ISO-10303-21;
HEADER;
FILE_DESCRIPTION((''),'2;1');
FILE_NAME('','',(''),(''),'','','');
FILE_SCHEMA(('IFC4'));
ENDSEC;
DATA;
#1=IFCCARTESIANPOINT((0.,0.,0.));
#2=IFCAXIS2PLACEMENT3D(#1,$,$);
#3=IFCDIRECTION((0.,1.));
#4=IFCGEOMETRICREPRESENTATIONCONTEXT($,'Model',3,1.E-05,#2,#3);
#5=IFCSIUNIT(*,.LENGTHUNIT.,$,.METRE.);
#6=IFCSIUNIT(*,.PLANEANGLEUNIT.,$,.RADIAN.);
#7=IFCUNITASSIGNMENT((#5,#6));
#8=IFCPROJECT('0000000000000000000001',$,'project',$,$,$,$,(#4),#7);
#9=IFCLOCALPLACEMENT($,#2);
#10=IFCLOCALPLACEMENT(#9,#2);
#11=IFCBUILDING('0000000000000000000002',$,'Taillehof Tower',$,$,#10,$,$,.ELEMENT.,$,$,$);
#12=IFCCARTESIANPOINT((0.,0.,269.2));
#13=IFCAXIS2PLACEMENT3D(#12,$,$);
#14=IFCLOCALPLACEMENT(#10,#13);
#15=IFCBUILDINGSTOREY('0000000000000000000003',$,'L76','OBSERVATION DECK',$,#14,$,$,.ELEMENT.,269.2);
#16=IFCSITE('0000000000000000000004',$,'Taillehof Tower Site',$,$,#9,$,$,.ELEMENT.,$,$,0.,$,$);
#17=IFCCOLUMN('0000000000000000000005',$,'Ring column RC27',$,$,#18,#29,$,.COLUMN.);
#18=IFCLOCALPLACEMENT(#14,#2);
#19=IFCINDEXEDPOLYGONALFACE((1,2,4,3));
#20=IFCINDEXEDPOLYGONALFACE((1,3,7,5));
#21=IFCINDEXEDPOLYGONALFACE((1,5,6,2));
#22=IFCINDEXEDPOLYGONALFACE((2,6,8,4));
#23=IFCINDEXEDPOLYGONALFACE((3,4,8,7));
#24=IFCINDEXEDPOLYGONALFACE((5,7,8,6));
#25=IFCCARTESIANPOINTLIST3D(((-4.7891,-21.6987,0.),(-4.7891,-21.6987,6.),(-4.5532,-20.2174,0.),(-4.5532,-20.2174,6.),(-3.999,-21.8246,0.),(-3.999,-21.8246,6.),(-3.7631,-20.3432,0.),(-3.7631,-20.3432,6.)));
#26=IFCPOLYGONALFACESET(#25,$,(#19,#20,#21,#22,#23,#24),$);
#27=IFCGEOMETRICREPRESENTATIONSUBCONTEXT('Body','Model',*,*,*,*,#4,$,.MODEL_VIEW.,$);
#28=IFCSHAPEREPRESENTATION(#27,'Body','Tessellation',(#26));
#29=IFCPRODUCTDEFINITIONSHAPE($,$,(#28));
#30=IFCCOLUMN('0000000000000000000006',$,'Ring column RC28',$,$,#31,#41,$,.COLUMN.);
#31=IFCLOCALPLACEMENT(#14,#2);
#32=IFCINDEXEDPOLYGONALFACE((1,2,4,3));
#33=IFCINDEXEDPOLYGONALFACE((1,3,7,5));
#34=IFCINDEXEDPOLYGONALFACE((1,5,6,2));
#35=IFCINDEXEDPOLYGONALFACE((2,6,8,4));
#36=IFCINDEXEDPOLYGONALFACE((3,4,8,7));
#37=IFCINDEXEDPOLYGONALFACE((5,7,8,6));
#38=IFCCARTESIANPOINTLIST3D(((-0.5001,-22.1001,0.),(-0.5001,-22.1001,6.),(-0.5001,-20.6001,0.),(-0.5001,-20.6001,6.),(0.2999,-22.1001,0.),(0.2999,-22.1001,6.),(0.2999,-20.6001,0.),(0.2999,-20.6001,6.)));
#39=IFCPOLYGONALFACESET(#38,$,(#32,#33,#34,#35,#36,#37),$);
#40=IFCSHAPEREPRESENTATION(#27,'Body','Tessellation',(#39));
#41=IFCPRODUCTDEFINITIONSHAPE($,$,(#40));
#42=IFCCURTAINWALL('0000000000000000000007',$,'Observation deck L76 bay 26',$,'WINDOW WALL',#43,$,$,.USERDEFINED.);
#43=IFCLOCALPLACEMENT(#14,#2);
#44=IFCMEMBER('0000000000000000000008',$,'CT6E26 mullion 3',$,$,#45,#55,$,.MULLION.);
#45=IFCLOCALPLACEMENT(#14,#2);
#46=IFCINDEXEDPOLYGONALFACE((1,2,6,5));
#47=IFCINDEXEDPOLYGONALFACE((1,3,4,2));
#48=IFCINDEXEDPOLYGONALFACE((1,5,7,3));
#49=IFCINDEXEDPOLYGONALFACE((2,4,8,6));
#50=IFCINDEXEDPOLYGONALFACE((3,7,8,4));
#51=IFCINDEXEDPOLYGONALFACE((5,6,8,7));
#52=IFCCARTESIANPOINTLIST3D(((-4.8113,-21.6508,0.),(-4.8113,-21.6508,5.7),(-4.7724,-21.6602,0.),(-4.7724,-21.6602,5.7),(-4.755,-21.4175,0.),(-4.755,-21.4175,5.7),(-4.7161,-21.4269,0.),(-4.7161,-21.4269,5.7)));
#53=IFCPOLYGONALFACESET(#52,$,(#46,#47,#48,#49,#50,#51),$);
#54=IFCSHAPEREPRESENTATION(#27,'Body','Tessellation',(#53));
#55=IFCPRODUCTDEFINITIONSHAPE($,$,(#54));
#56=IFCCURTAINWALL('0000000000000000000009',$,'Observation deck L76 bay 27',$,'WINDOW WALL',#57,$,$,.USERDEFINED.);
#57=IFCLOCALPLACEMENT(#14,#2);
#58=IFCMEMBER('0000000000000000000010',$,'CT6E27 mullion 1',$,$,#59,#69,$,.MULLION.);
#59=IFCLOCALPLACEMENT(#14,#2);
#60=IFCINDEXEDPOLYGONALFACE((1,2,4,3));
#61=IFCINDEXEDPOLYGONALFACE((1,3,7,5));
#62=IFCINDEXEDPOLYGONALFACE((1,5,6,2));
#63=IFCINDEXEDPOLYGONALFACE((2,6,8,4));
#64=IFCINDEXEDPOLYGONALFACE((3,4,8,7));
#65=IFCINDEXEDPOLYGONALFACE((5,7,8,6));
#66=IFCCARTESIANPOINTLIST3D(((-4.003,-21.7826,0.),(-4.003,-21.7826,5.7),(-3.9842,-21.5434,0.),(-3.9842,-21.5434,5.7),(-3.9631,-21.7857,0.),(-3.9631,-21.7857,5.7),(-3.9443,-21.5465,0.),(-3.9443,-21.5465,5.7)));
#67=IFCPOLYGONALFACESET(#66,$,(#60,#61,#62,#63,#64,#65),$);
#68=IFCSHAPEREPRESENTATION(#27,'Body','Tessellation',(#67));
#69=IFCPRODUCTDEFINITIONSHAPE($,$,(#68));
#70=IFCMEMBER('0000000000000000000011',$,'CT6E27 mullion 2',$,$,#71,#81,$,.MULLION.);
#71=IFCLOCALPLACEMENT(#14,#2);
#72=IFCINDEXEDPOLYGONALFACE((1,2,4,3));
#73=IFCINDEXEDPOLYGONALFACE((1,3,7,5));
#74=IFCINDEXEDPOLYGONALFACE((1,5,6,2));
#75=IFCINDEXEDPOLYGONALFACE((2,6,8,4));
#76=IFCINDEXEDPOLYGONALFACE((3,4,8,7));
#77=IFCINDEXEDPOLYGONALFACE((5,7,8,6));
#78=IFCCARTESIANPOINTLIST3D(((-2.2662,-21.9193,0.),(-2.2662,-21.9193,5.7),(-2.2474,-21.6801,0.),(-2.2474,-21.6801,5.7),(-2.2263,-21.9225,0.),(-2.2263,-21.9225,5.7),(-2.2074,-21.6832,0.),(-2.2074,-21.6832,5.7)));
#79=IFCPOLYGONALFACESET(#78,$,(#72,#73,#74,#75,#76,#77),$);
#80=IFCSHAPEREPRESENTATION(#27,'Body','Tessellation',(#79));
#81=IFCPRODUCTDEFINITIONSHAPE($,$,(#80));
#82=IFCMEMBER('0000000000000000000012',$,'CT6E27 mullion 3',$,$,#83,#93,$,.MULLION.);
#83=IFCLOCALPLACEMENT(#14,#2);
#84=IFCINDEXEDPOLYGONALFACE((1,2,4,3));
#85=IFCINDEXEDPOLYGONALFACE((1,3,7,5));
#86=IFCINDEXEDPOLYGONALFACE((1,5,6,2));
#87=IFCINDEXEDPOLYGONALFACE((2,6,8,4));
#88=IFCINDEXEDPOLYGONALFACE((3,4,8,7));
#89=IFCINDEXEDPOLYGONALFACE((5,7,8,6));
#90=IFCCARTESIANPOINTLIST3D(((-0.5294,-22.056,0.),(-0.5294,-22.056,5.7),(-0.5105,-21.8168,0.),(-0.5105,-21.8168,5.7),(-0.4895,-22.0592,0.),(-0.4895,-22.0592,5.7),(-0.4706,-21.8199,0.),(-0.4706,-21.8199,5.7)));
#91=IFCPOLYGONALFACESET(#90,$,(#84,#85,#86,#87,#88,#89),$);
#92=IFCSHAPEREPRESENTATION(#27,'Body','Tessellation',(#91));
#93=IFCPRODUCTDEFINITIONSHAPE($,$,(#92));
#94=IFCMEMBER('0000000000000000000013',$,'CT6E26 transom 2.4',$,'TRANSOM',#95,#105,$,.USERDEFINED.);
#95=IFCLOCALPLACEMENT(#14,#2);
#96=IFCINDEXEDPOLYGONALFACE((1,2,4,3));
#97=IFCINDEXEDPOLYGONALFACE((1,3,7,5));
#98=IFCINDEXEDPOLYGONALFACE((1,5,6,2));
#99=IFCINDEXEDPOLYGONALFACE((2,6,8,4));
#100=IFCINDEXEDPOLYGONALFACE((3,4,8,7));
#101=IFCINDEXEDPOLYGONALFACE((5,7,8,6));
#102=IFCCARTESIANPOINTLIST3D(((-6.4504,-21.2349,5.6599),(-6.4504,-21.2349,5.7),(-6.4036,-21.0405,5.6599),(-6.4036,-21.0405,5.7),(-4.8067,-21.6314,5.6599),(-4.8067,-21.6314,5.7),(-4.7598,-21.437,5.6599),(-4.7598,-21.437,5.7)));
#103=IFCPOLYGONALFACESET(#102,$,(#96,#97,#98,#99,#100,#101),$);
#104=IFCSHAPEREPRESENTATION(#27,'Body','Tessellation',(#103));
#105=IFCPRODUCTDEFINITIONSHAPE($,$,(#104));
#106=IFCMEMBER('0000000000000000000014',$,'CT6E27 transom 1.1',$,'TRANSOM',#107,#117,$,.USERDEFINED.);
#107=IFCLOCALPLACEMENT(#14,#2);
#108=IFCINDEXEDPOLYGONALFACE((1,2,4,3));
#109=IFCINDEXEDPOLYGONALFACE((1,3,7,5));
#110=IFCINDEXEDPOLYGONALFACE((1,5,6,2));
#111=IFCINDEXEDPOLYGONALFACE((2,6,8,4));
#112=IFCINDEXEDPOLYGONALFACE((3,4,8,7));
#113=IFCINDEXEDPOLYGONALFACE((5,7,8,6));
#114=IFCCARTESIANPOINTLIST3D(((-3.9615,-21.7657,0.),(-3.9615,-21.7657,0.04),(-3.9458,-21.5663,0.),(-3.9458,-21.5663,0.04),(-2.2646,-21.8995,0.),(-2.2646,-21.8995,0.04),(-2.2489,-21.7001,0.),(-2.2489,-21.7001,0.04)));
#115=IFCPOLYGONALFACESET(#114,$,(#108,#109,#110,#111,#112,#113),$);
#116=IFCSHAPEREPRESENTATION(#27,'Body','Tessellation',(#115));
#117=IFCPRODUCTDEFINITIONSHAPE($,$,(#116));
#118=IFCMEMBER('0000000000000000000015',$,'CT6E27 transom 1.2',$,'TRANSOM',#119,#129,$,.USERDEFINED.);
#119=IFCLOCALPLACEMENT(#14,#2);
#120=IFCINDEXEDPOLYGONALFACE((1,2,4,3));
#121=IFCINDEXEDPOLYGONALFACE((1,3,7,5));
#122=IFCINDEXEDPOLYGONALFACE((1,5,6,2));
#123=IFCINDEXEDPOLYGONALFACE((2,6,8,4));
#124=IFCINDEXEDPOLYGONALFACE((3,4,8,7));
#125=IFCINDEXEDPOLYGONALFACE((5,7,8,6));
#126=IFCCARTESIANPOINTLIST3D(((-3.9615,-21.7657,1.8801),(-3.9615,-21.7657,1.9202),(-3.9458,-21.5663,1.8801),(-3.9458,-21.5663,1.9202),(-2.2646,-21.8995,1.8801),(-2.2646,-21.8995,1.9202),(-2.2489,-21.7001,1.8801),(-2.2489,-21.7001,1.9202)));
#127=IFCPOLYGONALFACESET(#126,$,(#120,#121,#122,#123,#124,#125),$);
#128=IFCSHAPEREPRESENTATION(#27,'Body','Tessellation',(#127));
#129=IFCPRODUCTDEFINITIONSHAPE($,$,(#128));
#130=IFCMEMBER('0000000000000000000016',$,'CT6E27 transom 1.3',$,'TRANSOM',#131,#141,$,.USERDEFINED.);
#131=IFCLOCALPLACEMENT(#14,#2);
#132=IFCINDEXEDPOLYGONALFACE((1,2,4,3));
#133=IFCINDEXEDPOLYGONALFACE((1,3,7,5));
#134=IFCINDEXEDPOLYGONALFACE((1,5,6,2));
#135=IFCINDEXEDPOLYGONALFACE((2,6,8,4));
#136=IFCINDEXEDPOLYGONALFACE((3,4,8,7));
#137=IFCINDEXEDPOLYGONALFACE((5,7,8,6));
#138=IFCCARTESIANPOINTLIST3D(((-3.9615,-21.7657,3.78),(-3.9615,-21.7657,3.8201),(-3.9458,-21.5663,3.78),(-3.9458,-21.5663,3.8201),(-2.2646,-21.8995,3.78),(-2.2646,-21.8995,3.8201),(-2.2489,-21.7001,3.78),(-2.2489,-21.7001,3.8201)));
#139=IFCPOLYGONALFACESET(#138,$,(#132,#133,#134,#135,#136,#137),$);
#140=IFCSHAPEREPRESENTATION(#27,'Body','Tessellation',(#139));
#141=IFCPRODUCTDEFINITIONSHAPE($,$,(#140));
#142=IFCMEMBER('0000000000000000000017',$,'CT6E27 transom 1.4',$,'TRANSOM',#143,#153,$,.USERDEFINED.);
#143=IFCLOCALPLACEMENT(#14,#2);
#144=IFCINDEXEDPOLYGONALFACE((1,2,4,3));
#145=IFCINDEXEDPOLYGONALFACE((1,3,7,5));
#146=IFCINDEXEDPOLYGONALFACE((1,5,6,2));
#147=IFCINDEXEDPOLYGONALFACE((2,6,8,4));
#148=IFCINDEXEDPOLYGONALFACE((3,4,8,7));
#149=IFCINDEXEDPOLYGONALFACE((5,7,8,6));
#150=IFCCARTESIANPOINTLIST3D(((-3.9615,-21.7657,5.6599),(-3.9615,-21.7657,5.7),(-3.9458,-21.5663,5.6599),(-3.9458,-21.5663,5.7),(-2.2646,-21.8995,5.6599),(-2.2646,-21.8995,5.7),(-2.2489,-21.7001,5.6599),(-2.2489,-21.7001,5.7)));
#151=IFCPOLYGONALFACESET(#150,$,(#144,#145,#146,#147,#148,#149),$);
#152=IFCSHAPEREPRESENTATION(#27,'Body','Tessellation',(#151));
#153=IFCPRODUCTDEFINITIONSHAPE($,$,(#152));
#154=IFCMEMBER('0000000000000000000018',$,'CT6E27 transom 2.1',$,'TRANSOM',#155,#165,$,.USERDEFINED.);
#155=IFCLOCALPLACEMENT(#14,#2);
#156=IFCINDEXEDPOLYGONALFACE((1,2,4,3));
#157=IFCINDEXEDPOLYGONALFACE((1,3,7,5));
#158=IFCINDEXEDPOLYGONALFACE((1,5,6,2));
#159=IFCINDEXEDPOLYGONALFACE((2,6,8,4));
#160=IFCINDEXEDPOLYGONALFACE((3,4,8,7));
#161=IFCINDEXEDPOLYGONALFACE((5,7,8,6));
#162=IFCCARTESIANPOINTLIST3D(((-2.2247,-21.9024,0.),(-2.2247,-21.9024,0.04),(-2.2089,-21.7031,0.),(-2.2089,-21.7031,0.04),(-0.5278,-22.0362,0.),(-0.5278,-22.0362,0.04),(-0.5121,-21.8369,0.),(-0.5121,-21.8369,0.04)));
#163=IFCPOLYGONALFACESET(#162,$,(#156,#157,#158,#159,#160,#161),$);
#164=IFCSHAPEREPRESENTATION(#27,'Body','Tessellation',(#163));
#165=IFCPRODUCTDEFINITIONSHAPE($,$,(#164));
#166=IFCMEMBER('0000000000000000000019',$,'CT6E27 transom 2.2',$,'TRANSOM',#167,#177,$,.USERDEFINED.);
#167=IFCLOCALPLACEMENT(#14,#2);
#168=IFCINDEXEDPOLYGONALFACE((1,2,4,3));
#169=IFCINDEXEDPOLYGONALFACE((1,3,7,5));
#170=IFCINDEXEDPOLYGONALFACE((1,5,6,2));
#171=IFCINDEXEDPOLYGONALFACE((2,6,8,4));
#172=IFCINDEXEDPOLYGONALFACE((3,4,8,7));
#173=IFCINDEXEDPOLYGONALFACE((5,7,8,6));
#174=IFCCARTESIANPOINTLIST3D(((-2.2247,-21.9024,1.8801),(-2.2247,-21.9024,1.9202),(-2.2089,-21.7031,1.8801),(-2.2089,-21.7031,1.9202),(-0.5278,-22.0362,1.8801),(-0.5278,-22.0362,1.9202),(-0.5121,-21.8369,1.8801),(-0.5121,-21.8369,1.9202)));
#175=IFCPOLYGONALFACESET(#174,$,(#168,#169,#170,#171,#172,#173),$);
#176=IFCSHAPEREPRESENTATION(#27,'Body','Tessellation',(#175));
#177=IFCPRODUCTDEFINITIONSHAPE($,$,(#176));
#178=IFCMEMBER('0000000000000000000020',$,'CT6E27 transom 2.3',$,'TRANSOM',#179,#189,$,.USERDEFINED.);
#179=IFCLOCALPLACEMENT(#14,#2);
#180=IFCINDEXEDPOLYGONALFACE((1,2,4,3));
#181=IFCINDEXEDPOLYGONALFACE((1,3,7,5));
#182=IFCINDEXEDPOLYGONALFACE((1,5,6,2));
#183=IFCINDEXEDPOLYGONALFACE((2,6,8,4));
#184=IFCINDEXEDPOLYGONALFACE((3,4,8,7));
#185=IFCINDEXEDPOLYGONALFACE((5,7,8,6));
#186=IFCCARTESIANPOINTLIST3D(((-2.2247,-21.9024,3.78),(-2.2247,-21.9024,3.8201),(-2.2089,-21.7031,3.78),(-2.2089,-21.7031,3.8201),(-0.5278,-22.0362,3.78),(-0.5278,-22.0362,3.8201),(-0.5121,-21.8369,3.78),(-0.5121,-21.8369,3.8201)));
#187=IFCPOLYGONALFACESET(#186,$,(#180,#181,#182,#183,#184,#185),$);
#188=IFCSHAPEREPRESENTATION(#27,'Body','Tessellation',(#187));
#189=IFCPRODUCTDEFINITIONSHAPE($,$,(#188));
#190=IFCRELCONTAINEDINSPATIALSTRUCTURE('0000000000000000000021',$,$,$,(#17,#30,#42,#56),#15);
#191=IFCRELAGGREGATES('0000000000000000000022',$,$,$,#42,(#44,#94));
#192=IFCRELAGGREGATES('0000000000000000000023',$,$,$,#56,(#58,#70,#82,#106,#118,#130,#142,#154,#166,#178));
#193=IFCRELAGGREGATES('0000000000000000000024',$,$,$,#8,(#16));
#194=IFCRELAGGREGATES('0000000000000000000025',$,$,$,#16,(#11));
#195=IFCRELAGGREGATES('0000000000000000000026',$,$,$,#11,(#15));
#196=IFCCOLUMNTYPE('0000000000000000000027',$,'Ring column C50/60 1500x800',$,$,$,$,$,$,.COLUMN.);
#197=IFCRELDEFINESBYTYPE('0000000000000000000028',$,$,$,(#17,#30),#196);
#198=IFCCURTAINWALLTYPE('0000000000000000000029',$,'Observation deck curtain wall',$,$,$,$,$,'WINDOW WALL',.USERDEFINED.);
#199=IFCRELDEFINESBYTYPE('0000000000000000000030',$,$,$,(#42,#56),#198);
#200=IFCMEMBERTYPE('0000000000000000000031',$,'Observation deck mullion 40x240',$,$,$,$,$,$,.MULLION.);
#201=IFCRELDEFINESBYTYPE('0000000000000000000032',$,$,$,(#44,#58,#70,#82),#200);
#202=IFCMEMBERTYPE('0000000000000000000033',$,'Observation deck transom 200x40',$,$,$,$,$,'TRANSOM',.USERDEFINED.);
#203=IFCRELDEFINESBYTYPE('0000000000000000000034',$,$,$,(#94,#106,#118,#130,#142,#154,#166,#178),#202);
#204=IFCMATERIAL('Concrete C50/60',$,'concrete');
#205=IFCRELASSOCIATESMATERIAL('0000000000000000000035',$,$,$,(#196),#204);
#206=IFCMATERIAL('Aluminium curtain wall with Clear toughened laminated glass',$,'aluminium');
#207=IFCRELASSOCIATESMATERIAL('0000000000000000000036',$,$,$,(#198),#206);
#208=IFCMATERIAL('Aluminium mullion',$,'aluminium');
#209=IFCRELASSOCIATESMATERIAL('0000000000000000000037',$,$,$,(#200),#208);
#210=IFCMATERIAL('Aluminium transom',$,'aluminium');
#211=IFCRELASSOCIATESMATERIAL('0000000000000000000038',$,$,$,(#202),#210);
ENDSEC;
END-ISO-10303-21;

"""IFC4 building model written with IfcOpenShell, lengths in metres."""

from ifc_helpers import new_model, si_unit, direction, frame, origin, origin_2d, place, context, subcontext, project, spatial, rectangle, extrude, material, material_profile, profile_set, type_object, element, aggregate, save


model = new_model("IFC4")

# Units and contexts
model_context = context("Model", 3, precision=1e-05, world=origin(), true_north=direction((0.0, 1.0)))
body_context = subcontext(model_context, "Body", "Model", "MODEL_VIEW")
ifc_project = project(units=[si_unit("LENGTHUNIT", "METRE"), si_unit("PLANEANGLEUNIT", "RADIAN")], contexts=[model_context])

# Site, building, storey
site_placement = place(None, origin())
site = spatial("IfcSite", under=ifc_project, at=site_placement, Name="Taillehof Tower Site", CompositionType="ELEMENT", RefElevation=0.0)
building_placement = place(site_placement, origin())
building = spatial("IfcBuilding", under=site, at=building_placement, Name="Taillehof Tower", CompositionType="ELEMENT")
storey_placement = place(building_placement, frame((0.0, 0.0, 269.2)))
storey = spatial("IfcBuildingStorey", under=building, at=storey_placement, Name="L76", Description="OBSERVATION DECK", CompositionType="ELEMENT", Elevation=269.2)

# Columns
ifc_material_1 = material(Name="Concrete C50/60", Category="concrete")
ifc_material_profile_1 = material_profile(ifc_material_1, rectangle(XDim=1.5, YDim=0.8, at=origin_2d()), Name="RC 1500x800")
ifc_profile_set_1 = profile_set([ifc_material_profile_1], Name="Concrete C50/60")
column_type = type_object("IfcColumnType", Name="Ring column C50/60 1500x800", PredefinedType="COLUMN", material=ifc_profile_set_1)
for number, where, z_axis, x_axis, name in (
    (1, (-4.2761, -21.021, 0.0), (0.0, 0.0, 1.0), (-0.157281, -0.987554, 0.0), "Ring column RC27"),
    (2, (-0.1001, -21.3501, 0.0), (0.0, 0.0, 1.0), (0.0, -1.0, 0.0), "Ring column RC28"),
):
    element("IfcColumn", number, at=place(storey_placement, frame(where, z_axis=z_axis, x_axis=x_axis)), inside=storey, type_object=column_type, Name=name, PredefinedType="COLUMN", context=body_context, shape_type="SweptSolid", body=[
        extrude(rectangle(XDim=1.5, YDim=0.8, at=origin_2d()), origin(), (0.0, 0.0, 1.0), 6.0),
    ])

# Curtain wall, member
ifc_material_2 = material(Name="Aluminium curtain wall with Clear toughened laminated glass", Category="aluminium")
curtain_wall_type = type_object("IfcCurtainWallType", Name="Observation deck curtain wall", ElementType="WINDOW WALL", PredefinedType="USERDEFINED", material=ifc_material_2)
curtain_wall_1_placement = place(storey_placement, origin())
curtain_wall_1 = element("IfcCurtainWall", 3, at=curtain_wall_1_placement, inside=storey, type_object=curtain_wall_type, Name="Observation deck L76 bay 26", ObjectType="WINDOW WALL", PredefinedType="USERDEFINED")
ifc_material_3 = material(Name="Aluminium mullion", Category="aluminium")
ifc_material_profile_2 = material_profile(ifc_material_3, rectangle(XDim=0.24, YDim=0.04, at=origin_2d()), Name="AL 40x240")
ifc_profile_set_2 = profile_set([ifc_material_profile_2], Name="Aluminium mullion")
member_type_1 = type_object("IfcMemberType", Name="Observation deck mullion 40x240", PredefinedType="MULLION", material=ifc_profile_set_2)
member_1_placement = place(storey_placement, frame((-4.7637, -21.5388, 0.0), z_axis=(0.0, 0.0, 1.0), x_axis=(0.234515, 0.972113, 0.0)))
member_1 = element("IfcMember", 4, at=member_1_placement, type_object=member_type_1, Name="CT6E26 mullion 3", PredefinedType="MULLION", context=body_context, shape_type="SweptSolid", body=[
    extrude(rectangle(XDim=0.24, YDim=0.04, at=origin_2d()), origin(), (0.0, 0.0, 1.0), 5.7),
])

# Curtain wall, members
curtain_wall_2_placement = place(storey_placement, origin())
curtain_wall_2 = element("IfcCurtainWall", 5, at=curtain_wall_2_placement, inside=storey, type_object=curtain_wall_type, Name="Observation deck L76 bay 27", ObjectType="WINDOW WALL", PredefinedType="USERDEFINED")
member_2_placement = place(storey_placement, frame((-3.9736, -21.6646, 0.0), z_axis=(0.0, 0.0, 1.0), x_axis=(0.078525, 0.996912, 0.0)))
member_2 = element("IfcMember", 6, at=member_2_placement, type_object=member_type_1, Name="CT6E27 mullion 1", PredefinedType="MULLION", context=body_context, shape_type="SweptSolid", body=[
    extrude(rectangle(XDim=0.24, YDim=0.04, at=origin_2d()), origin(), (0.0, 0.0, 1.0), 5.7),
])
member_3_placement = place(storey_placement, frame((-2.2368, -21.8013, 0.0), z_axis=(0.0, 0.0, 1.0), x_axis=(0.078525, 0.996912, 0.0)))
member_3 = element("IfcMember", 7, at=member_3_placement, type_object=member_type_1, Name="CT6E27 mullion 2", PredefinedType="MULLION", context=body_context, shape_type="SweptSolid", body=[
    extrude(rectangle(XDim=0.24, YDim=0.04, at=origin_2d()), origin(), (0.0, 0.0, 1.0), 5.7),
])
member_4_placement = place(storey_placement, frame((-0.5, -21.938, 0.0), z_axis=(0.0, 0.0, 1.0), x_axis=(0.078525, 0.996912, 0.0)))
member_4 = element("IfcMember", 8, at=member_4_placement, type_object=member_type_1, Name="CT6E27 mullion 3", PredefinedType="MULLION", context=body_context, shape_type="SweptSolid", body=[
    extrude(rectangle(XDim=0.24, YDim=0.04, at=origin_2d()), origin(), (0.0, 0.0, 1.0), 5.7),
])

# Members
ifc_material_4 = material(Name="Aluminium transom", Category="aluminium")
ifc_material_profile_3 = material_profile(ifc_material_4, rectangle(XDim=0.2, YDim=0.04, at=origin_2d()), Name="AL 200x40")
ifc_profile_set_3 = profile_set([ifc_material_profile_3], Name="Aluminium transom")
member_type_2 = type_object("IfcMemberType", Name="Observation deck transom 200x40", ElementType="TRANSOM", PredefinedType="USERDEFINED", material=ifc_profile_set_3)
member_5_placement = place(storey_placement, frame((-6.427, -21.1377, 5.6799), z_axis=(0.972122, -0.234476, 0.0), x_axis=(0.234476, 0.972122, 0.0)))
member_5 = element("IfcMember", 9, at=member_5_placement, type_object=member_type_2, Name="CT6E26 transom 2.4", ObjectType="TRANSOM", PredefinedType="USERDEFINED", context=body_context, shape_type="SweptSolid", body=[
    extrude(rectangle(XDim=0.2, YDim=0.04, at=origin_2d()), origin(), (0.0, 0.0, 1.0), 1.6909),
])
member_6_placement = place(storey_placement, frame((-3.9536, -21.666, 0.02), z_axis=(0.996906, -0.078605, 0.0), x_axis=(0.078605, 0.996906, 0.0)))
member_6 = element("IfcMember", 10, at=member_6_placement, type_object=member_type_2, Name="CT6E27 transom 1.1", ObjectType="TRANSOM", PredefinedType="USERDEFINED", context=body_context, shape_type="SweptSolid", body=[
    extrude(rectangle(XDim=0.2, YDim=0.04, at=origin_2d()), origin(), (0.0, 0.0, 1.0), 1.7021),
])
member_7_placement = place(storey_placement, frame((-3.9536, -21.666, 1.9001), z_axis=(0.996906, -0.078605, 0.0), x_axis=(0.078605, 0.996906, 0.0)))
member_7 = element("IfcMember", 11, at=member_7_placement, type_object=member_type_2, Name="CT6E27 transom 1.2", ObjectType="TRANSOM", PredefinedType="USERDEFINED", context=body_context, shape_type="SweptSolid", body=[
    extrude(rectangle(XDim=0.2, YDim=0.04, at=origin_2d()), origin(), (0.0, 0.0, 1.0), 1.7021),
])
member_8_placement = place(storey_placement, frame((-3.9536, -21.666, 3.8), z_axis=(0.996906, -0.078605, 0.0), x_axis=(0.078605, 0.996906, 0.0)))
member_8 = element("IfcMember", 12, at=member_8_placement, type_object=member_type_2, Name="CT6E27 transom 1.3", ObjectType="TRANSOM", PredefinedType="USERDEFINED", context=body_context, shape_type="SweptSolid", body=[
    extrude(rectangle(XDim=0.2, YDim=0.04, at=origin_2d()), origin(), (0.0, 0.0, 1.0), 1.7021),
])
member_9_placement = place(storey_placement, frame((-3.9536, -21.666, 5.6799), z_axis=(0.996906, -0.078605, 0.0), x_axis=(0.078605, 0.996906, 0.0)))
member_9 = element("IfcMember", 13, at=member_9_placement, type_object=member_type_2, Name="CT6E27 transom 1.4", ObjectType="TRANSOM", PredefinedType="USERDEFINED", context=body_context, shape_type="SweptSolid", body=[
    extrude(rectangle(XDim=0.2, YDim=0.04, at=origin_2d()), origin(), (0.0, 0.0, 1.0), 1.7021),
])
member_10_placement = place(storey_placement, frame((-2.2168, -21.8027, 0.02), z_axis=(0.996906, -0.078605, 0.0), x_axis=(0.078605, 0.996906, 0.0)))
member_10 = element("IfcMember", 14, at=member_10_placement, type_object=member_type_2, Name="CT6E27 transom 2.1", ObjectType="TRANSOM", PredefinedType="USERDEFINED", context=body_context, shape_type="SweptSolid", body=[
    extrude(rectangle(XDim=0.2, YDim=0.04, at=origin_2d()), origin(), (0.0, 0.0, 1.0), 1.7021),
])
member_11_placement = place(storey_placement, frame((-2.2168, -21.8027, 1.9001), z_axis=(0.996906, -0.078605, 0.0), x_axis=(0.078605, 0.996906, 0.0)))
member_11 = element("IfcMember", 15, at=member_11_placement, type_object=member_type_2, Name="CT6E27 transom 2.2", ObjectType="TRANSOM", PredefinedType="USERDEFINED", context=body_context, shape_type="SweptSolid", body=[
    extrude(rectangle(XDim=0.2, YDim=0.04, at=origin_2d()), origin(), (0.0, 0.0, 1.0), 1.7021),
])
member_12_placement = place(storey_placement, frame((-2.2168, -21.8027, 3.8), z_axis=(0.996906, -0.078605, 0.0), x_axis=(0.078605, 0.996906, 0.0)))
member_12 = element("IfcMember", 16, at=member_12_placement, type_object=member_type_2, Name="CT6E27 transom 2.3", ObjectType="TRANSOM", PredefinedType="USERDEFINED", context=body_context, shape_type="SweptSolid", body=[
    extrude(rectangle(XDim=0.2, YDim=0.04, at=origin_2d()), origin(), (0.0, 0.0, 1.0), 1.7021),
])

aggregate(curtain_wall_1, [member_1, member_5])
aggregate(curtain_wall_2, [member_2, member_3, member_4, member_6, member_7, member_8, member_9, member_10, member_11, member_12])

save(model, "model.ifc")
